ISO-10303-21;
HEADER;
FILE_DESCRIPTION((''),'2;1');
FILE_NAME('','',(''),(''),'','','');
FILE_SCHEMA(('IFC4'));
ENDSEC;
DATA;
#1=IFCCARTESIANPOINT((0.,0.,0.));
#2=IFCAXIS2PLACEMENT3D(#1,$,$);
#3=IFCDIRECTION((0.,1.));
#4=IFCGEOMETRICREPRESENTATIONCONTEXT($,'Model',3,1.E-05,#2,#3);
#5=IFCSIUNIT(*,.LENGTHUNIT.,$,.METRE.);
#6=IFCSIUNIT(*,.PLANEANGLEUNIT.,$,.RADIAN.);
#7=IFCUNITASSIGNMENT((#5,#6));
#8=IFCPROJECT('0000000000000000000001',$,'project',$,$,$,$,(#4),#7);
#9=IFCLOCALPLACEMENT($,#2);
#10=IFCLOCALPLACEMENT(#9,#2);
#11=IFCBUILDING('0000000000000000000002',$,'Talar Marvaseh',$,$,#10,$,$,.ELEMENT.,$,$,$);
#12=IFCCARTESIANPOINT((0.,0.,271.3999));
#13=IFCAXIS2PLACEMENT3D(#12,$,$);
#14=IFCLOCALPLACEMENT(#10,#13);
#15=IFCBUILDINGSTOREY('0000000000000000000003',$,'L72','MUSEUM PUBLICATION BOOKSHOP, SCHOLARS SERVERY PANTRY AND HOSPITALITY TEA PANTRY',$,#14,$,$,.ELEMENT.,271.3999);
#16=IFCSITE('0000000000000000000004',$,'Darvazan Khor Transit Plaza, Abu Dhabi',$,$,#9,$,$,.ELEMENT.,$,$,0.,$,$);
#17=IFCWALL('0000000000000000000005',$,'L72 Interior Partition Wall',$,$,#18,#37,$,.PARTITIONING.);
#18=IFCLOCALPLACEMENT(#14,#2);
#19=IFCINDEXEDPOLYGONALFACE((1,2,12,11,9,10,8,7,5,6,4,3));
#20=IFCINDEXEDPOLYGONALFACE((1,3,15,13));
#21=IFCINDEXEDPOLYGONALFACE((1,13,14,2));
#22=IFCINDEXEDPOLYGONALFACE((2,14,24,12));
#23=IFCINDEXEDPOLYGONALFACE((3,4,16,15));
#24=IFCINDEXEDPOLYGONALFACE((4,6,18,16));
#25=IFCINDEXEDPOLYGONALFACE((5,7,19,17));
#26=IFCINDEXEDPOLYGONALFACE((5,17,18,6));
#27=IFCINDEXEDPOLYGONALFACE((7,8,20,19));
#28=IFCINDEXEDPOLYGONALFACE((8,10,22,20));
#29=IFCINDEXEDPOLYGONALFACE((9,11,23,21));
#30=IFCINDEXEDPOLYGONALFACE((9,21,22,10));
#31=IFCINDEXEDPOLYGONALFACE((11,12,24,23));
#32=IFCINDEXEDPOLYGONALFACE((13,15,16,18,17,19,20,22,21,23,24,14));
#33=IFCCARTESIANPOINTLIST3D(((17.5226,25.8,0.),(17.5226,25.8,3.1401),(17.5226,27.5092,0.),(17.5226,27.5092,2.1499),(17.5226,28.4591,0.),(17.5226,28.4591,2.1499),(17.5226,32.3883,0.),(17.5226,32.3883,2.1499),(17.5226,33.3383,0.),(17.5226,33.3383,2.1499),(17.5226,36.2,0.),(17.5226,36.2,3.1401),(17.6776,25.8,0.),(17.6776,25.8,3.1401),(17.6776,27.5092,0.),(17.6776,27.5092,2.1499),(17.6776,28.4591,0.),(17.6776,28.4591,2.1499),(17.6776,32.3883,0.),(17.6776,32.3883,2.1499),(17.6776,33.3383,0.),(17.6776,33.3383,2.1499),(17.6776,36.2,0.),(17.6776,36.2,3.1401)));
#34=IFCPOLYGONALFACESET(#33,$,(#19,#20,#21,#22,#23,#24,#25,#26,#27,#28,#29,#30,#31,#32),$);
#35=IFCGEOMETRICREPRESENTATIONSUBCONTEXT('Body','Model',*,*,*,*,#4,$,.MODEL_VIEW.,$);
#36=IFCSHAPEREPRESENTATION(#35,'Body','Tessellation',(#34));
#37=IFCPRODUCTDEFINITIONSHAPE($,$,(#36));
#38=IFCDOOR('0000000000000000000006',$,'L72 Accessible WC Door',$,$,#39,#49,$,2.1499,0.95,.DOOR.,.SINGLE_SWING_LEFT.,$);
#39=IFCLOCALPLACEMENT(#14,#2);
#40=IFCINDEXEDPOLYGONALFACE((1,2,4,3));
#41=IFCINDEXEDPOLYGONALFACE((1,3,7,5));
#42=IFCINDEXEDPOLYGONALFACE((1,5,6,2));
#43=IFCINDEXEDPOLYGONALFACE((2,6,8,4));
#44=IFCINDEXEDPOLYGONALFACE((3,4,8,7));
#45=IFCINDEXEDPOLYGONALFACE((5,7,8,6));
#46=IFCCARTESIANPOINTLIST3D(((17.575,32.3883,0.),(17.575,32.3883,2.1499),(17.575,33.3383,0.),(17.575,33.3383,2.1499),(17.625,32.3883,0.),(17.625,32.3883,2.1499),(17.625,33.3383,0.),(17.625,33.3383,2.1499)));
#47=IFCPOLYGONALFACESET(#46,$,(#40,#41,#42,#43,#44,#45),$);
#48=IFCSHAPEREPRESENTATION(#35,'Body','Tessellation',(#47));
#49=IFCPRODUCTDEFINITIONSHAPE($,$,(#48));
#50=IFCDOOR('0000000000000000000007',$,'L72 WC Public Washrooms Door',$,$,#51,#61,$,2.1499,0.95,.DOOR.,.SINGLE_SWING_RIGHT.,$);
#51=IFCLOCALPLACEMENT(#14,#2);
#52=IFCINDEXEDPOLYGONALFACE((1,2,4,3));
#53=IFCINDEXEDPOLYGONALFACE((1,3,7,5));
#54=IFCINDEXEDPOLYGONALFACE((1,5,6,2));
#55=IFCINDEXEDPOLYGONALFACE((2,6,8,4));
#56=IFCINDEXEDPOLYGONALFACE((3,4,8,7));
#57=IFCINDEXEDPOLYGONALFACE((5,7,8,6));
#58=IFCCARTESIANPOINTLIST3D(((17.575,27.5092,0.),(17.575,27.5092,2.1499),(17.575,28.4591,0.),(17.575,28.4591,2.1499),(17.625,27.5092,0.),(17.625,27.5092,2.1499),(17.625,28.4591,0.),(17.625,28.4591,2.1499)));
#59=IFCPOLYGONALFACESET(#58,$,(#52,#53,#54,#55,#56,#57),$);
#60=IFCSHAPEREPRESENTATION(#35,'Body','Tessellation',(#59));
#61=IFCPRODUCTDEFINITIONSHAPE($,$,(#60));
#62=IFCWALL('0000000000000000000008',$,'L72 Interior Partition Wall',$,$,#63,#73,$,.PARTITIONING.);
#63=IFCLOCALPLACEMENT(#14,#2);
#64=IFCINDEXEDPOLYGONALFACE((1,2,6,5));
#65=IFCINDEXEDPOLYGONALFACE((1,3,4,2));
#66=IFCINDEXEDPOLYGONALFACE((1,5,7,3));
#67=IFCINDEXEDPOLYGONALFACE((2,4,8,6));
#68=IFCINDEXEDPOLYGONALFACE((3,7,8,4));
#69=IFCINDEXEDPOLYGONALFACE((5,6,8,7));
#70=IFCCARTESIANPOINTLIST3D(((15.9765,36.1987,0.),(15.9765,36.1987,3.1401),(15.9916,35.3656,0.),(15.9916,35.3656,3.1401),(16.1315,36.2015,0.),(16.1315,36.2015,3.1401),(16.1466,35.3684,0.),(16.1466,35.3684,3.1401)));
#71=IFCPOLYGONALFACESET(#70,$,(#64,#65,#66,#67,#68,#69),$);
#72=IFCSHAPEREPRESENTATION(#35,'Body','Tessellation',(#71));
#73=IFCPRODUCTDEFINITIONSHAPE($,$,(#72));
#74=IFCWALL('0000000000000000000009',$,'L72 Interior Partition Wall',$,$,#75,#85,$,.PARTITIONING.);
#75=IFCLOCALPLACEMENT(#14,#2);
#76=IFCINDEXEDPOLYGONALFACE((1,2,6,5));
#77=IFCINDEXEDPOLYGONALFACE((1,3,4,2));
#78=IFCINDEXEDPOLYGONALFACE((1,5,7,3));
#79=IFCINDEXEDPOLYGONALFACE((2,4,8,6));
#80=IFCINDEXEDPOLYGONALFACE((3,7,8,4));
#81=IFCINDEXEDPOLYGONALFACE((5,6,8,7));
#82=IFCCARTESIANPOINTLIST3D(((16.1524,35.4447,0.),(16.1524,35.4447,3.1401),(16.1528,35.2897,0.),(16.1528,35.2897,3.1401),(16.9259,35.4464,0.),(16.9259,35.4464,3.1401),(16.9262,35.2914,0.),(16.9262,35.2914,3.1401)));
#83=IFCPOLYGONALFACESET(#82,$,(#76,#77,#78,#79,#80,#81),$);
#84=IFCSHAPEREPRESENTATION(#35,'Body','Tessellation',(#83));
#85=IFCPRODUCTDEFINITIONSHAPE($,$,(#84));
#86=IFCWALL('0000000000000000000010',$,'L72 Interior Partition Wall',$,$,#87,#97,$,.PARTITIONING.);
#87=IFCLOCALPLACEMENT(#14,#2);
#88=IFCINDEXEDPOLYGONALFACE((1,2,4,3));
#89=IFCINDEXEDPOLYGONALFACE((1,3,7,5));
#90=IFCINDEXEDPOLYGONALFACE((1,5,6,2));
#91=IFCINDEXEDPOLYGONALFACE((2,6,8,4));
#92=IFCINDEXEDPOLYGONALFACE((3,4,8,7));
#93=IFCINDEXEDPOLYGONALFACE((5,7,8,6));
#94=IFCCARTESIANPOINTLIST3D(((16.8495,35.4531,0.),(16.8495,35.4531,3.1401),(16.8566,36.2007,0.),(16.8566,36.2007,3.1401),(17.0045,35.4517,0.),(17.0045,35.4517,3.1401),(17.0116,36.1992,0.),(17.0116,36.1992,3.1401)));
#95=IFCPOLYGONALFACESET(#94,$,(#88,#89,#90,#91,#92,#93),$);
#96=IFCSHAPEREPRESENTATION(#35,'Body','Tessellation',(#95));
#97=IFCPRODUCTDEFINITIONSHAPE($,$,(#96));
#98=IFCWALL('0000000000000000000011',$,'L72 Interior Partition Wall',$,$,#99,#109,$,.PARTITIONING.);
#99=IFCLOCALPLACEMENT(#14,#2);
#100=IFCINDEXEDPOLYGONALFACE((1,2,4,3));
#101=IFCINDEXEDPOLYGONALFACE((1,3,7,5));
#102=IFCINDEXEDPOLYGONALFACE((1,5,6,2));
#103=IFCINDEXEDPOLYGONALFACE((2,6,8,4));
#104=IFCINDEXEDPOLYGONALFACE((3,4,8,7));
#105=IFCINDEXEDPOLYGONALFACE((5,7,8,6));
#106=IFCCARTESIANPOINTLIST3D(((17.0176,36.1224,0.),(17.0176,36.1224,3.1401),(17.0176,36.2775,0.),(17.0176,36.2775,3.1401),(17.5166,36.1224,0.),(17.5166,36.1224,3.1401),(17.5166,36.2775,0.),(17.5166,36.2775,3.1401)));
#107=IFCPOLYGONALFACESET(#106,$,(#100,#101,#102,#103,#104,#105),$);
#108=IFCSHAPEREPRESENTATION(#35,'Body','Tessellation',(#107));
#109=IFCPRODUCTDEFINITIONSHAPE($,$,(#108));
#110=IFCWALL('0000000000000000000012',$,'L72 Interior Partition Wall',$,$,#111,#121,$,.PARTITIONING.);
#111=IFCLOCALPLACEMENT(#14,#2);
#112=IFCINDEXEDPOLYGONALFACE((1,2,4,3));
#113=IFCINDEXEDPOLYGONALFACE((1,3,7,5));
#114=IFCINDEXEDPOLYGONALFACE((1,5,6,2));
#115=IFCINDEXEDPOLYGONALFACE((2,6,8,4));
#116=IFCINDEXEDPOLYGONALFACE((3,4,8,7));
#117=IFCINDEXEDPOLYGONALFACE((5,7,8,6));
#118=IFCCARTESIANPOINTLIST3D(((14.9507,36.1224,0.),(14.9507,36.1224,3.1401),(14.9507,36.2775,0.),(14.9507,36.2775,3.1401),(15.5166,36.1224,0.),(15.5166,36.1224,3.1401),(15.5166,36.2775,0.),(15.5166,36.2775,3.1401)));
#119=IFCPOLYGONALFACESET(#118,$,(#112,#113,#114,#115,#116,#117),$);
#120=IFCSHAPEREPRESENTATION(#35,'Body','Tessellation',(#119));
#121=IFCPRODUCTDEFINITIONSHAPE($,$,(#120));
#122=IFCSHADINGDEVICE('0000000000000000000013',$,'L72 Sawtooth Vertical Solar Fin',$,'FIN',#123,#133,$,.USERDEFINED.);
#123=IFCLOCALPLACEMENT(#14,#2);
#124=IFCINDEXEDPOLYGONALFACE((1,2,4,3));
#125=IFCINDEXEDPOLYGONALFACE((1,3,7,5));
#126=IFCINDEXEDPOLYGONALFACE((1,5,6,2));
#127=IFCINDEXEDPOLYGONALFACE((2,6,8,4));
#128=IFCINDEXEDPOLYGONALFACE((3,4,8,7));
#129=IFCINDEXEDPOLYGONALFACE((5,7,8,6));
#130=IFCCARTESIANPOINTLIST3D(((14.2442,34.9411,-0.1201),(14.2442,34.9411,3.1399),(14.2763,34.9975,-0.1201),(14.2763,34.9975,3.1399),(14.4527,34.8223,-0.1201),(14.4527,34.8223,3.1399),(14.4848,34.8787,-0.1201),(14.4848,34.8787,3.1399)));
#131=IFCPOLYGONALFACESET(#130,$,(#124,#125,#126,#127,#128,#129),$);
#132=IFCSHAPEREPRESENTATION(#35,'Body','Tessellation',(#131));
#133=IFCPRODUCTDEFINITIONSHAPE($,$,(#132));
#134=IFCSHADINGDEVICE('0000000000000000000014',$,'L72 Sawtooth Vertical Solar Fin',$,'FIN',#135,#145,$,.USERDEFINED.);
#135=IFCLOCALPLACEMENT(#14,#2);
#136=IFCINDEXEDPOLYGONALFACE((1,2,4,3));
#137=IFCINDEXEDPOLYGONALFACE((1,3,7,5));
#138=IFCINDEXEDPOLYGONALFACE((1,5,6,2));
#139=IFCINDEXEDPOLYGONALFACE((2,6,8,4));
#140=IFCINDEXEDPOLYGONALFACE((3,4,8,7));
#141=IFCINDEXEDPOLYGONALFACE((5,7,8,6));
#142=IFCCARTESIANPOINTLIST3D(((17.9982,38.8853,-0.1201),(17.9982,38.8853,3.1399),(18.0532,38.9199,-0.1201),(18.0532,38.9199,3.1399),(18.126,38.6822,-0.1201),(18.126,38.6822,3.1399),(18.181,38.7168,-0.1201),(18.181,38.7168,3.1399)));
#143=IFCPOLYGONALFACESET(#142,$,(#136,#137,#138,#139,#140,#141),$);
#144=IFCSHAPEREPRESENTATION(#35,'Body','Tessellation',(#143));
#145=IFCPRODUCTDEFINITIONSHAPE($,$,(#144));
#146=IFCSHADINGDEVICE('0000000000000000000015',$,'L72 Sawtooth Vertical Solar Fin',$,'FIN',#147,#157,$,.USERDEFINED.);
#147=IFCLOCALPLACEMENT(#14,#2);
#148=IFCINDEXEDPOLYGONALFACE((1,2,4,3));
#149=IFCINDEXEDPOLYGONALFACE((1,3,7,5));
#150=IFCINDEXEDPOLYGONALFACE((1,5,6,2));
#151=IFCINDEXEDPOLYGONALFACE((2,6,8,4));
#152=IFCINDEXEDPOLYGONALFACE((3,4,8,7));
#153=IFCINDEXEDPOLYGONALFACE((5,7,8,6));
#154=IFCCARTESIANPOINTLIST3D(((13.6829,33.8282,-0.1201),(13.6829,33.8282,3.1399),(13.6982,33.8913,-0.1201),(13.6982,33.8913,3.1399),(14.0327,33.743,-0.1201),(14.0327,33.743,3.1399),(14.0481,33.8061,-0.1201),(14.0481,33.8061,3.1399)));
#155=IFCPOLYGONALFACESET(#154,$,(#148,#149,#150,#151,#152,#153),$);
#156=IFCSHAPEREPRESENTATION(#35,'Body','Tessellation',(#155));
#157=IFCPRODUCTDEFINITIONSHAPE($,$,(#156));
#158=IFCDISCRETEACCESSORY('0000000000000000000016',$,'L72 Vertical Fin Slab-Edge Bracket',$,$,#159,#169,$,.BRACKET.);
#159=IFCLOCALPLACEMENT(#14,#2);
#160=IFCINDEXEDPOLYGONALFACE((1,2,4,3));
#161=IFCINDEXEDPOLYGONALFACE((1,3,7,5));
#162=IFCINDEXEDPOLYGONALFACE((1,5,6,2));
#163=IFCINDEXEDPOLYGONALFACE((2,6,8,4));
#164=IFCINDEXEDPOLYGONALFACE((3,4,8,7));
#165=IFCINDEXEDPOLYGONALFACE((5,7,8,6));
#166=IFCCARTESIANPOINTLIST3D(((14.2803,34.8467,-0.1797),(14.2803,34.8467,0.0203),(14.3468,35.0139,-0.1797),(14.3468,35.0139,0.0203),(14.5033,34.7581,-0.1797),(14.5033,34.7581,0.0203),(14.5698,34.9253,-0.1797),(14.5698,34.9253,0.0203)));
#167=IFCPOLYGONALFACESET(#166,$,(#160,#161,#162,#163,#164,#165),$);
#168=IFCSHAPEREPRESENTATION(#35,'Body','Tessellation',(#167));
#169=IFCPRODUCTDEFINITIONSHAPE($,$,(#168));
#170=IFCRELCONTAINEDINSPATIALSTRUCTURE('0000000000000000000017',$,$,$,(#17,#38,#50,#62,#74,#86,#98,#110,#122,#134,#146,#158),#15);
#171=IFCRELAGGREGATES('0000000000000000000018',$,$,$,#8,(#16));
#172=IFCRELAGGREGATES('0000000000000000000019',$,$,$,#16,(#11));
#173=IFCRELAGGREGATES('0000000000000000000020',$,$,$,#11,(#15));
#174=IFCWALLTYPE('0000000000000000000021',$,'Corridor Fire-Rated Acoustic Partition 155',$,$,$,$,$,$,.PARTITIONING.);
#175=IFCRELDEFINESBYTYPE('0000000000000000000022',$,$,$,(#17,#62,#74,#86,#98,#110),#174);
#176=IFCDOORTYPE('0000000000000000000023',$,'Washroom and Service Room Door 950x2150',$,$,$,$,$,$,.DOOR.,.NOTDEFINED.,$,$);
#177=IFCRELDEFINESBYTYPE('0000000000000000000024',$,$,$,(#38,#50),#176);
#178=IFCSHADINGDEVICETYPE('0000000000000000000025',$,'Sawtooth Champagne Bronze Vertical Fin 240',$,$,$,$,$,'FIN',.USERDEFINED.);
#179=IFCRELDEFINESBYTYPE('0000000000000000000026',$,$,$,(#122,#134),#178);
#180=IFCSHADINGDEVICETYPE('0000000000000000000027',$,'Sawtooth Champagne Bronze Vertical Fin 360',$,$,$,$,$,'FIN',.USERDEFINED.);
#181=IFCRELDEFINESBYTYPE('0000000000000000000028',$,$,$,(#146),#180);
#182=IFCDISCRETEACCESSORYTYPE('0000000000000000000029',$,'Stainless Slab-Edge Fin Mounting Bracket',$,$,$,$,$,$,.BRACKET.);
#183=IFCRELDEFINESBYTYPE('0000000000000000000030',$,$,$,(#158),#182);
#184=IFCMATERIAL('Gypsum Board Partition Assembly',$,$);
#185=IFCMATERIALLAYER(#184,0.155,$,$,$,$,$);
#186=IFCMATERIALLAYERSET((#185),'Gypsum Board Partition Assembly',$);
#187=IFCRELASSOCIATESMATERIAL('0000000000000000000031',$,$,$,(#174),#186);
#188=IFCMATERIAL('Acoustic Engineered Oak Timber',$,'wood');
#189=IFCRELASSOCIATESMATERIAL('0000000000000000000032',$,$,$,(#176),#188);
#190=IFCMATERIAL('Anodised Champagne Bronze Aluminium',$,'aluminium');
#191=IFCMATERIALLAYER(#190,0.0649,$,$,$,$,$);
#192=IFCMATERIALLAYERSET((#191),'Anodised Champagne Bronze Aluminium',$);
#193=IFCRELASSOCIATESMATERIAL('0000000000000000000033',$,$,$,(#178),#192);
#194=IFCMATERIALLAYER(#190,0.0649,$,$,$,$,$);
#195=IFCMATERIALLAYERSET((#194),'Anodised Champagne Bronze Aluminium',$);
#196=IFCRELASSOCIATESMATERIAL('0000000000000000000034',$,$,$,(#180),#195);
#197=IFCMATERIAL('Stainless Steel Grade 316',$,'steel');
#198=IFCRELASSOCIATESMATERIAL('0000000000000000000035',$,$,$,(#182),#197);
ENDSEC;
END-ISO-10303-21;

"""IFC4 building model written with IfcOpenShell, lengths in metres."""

from ifc_helpers import new_model, si_unit, direction, frame, frame_2d, origin, origin_2d, place, context, subcontext, project, spatial, rectangle, extrude, source, transform, mapped, material, layer, layer_set, type_object, type_shapes, element, fill, save


model = new_model("IFC4")

# Units and contexts
model_context = context("Model", 3, precision=1e-05, world=origin(), true_north=direction((0.0, 1.0)))
body_context = subcontext(model_context, "Body", "Model", "MODEL_VIEW")
ifc_project = project(units=[si_unit("LENGTHUNIT", "METRE"), si_unit("PLANEANGLEUNIT", "RADIAN")], contexts=[model_context])

# Site, building, storey
site_placement = place(None, origin())
site = spatial("IfcSite", under=ifc_project, at=site_placement, Name="Darvazan Khor Transit Plaza, Abu Dhabi", CompositionType="ELEMENT", RefElevation=0.0)
building_placement = place(site_placement, origin())
building = spatial("IfcBuilding", under=site, at=building_placement, Name="Talar Marvaseh", CompositionType="ELEMENT")
storey_placement = place(building_placement, frame((0.0, 0.0, 271.3999)))
storey = spatial("IfcBuildingStorey", under=building, at=storey_placement, Name="L72", Description="MUSEUM PUBLICATION BOOKSHOP, SCHOLARS SERVERY PANTRY AND HOSPITALITY TEA PANTRY", CompositionType="ELEMENT", Elevation=271.3999)

# Wall, openings, doors
ifc_material_1 = material(Name="Gypsum Board Partition Assembly")
ifc_layer_1 = layer(ifc_material_1, 0.155)
ifc_layer_set_1 = layer_set([ifc_layer_1], Name="Gypsum Board Partition Assembly")
wall_type_1 = type_object("IfcWallType", Name="Corridor Fire-Rated Acoustic Partition 155", PredefinedType="PARTITIONING", material=ifc_layer_set_1)
wall_1_placement = place(storey_placement, frame((17.6001, 36.2, 0.0), z_axis=(0.0, 0.0, 1.0), x_axis=(0.0, -1.0, 0.0)))
wall_1 = element("IfcWall", 1, at=wall_1_placement, inside=storey, type_object=wall_type_1, Name="L72 Interior Partition Wall", PredefinedType="PARTITIONING", context=body_context, shape_type="SweptSolid", body=[
    extrude(rectangle(XDim=10.3999, YDim=0.155, at=frame_2d((5.2, 0.0))), origin(), (0.0, 0.0, 1.0), 3.1401),
])
opening_1_placement = place(wall_1_placement, frame((2.8616, 0.0, 0.0)))
opening_1 = element("IfcOpeningElement", 2, at=opening_1_placement, cuts=wall_1, PredefinedType="OPENING", context=body_context, shape_type="SweptSolid", body=[
    extrude(rectangle(XDim=0.95, YDim=2.1499, at=frame_2d((0.4751, 1.075))), frame((0.0, 0.0874, 0.0), z_axis=(0.0, -1.0, 0.0), x_axis=(1.0, 0.0, 0.0)), (0.0, 0.0, 1.0), 0.175),
])
opening_2_placement = place(wall_1_placement, frame((7.7407, 0.0, 0.0)))
opening_2 = element("IfcOpeningElement", 3, at=opening_2_placement, cuts=wall_1, PredefinedType="OPENING", context=body_context, shape_type="SweptSolid", body=[
    extrude(rectangle(XDim=0.95, YDim=2.1499, at=frame_2d((0.4751, 1.075))), frame((0.0, 0.0874, 0.0), z_axis=(0.0, -1.0, 0.0), x_axis=(1.0, 0.0, 0.0)), (0.0, 0.0, 1.0), 0.175),
])
ifc_material_2 = material(Name="Acoustic Engineered Oak Timber", Category="wood")
door_type = type_object("IfcDoorType", Name="Washroom and Service Room Door 950x2150", OperationType="NOTDEFINED", PredefinedType="DOOR", material=ifc_material_2)
shared_shape_1 = source(origin(), body_context, "Body", "SweptSolid", [
    extrude(rectangle(XDim=0.95, YDim=2.1499, at=frame_2d((0.4751, 1.075))), frame((0.0, 0.0249, 0.0), z_axis=(0.0, -1.0, 0.0), x_axis=(1.0, 0.0, 0.0)), (0.0, 0.0, 1.0), 0.05),
])
type_shapes(door_type, [shared_shape_1])
door_1_placement = place(opening_1_placement, origin())
door_1 = element("IfcDoor", 4, at=door_1_placement, inside=storey, type_object=door_type, Name="L72 Accessible WC Door", OperationType="SINGLE_SWING_LEFT", OverallHeight=2.1499, OverallWidth=0.95, PredefinedType="DOOR", context=body_context, shape_type="MappedRepresentation", body=[
    mapped(shared_shape_1, transform((0.0, 0.0, 0.0), x_axis=(1.0, 0.0, 0.0), y_axis=(0.0, 1.0, 0.0), z_axis=(0.0, 0.0, 1.0), scale=1.0)),
])
fill(opening_1, door_1)
door_2_placement = place(opening_2_placement, origin())
door_2 = element("IfcDoor", 5, at=door_2_placement, inside=storey, type_object=door_type, Name="L72 WC Public Washrooms Door", OperationType="SINGLE_SWING_RIGHT", OverallHeight=2.1499, OverallWidth=0.95, PredefinedType="DOOR", context=body_context, shape_type="MappedRepresentation", body=[
    mapped(shared_shape_1, transform((0.0, 0.0, 0.0), x_axis=(1.0, 0.0, 0.0), y_axis=(0.0, 1.0, 0.0), z_axis=(0.0, 0.0, 1.0), scale=1.0)),
])
fill(opening_2, door_2)

# Walls
wall_2_placement = place(storey_placement, frame((16.054, 36.2, 0.0), z_axis=(0.0, 0.0, 1.0), x_axis=(0.018168, -0.999835, 0.0)))
element("IfcWall", 6, at=wall_2_placement, inside=storey, type_object=wall_type_1, Name="L72 Interior Partition Wall", PredefinedType="PARTITIONING", context=body_context, shape_type="SweptSolid", body=[
    extrude(rectangle(XDim=0.8333, YDim=0.155, at=frame_2d((0.4165, 0.0))), origin(), (0.0, 0.0, 1.0), 3.1401),
])
wall_3_placement = place(storey_placement, frame((16.1526, 35.3672, 0.0), z_axis=(0.0, 0.0, 1.0), x_axis=(0.999998, 0.00221, 0.0)))
element("IfcWall", 7, at=wall_3_placement, inside=storey, type_object=wall_type_1, Name="L72 Interior Partition Wall", PredefinedType="PARTITIONING", context=body_context, shape_type="SweptSolid", body=[
    extrude(rectangle(XDim=0.7734, YDim=0.155, at=frame_2d((0.3867, 0.0))), origin(), (0.0, 0.0, 1.0), 3.1401),
])
wall_4_placement = place(storey_placement, frame((16.927, 35.4524, 0.0), z_axis=(0.0, 0.0, 1.0), x_axis=(0.009471, 0.999955, 0.0)))
element("IfcWall", 8, at=wall_4_placement, inside=storey, type_object=wall_type_1, Name="L72 Interior Partition Wall", PredefinedType="PARTITIONING", context=body_context, shape_type="SweptSolid", body=[
    extrude(rectangle(XDim=0.7476, YDim=0.155, at=frame_2d((0.3738, 0.0))), origin(), (0.0, 0.0, 1.0), 3.1401),
])
wall_5_placement = place(storey_placement, frame((17.0176, 36.2, 0.0), z_axis=(0.0, 0.0, 1.0), x_axis=(1.0, 0.0, 0.0)))
element("IfcWall", 9, at=wall_5_placement, inside=storey, type_object=wall_type_1, Name="L72 Interior Partition Wall", PredefinedType="PARTITIONING", context=body_context, shape_type="SweptSolid", body=[
    extrude(rectangle(XDim=0.499, YDim=0.155, at=frame_2d((0.2495, 0.0))), origin(), (0.0, 0.0, 1.0), 3.1401),
])
wall_6_placement = place(storey_placement, frame((14.9507, 36.2, 0.0), z_axis=(0.0, 0.0, 1.0), x_axis=(1.0, 0.0, 0.0)))
element("IfcWall", 10, at=wall_6_placement, inside=storey, type_object=wall_type_1, Name="L72 Interior Partition Wall", PredefinedType="PARTITIONING", context=body_context, shape_type="SweptSolid", body=[
    extrude(rectangle(XDim=0.5659, YDim=0.155, at=frame_2d((0.283, 0.0))), origin(), (0.0, 0.0, 1.0), 3.1401),
])

# Shading devices
ifc_material_3 = material(Name="Anodised Champagne Bronze Aluminium", Category="aluminium")
ifc_layer_2 = layer(ifc_material_3, 0.0649)
ifc_layer_set_2 = layer_set([ifc_layer_2], Name="Anodised Champagne Bronze Aluminium")
shading_device_type_1 = type_object("IfcShadingDeviceType", Name="Sawtooth Champagne Bronze Vertical Fin 240", ElementType="FIN", PredefinedType="USERDEFINED", material=ifc_layer_set_2)
shared_shape_2 = source(origin(), body_context, "Body", "SweptSolid", [
    extrude(rectangle(XDim=0.24, YDim=0.0649, at=origin_2d()), origin(), (0.0, 0.0, 1.0), 3.26),
])
type_shapes(shading_device_type_1, [shared_shape_2])
for number, where, z_axis, x_axis, name in (
    (11, (14.3645, 34.9099, -0.1201), (0.0, 0.0, 1.0), (-0.868804, 0.495155, 0.0), "L72 Sawtooth Vertical Solar Fin"),
    (12, (18.0896, 38.801, -0.1201), (0.0, 0.0, 1.0), (-0.532581, 0.846379, 0.0), "L72 Sawtooth Vertical Solar Fin"),
):
    element("IfcShadingDevice", number, at=place(storey_placement, frame(where, z_axis=z_axis, x_axis=x_axis)), inside=storey, type_object=shading_device_type_1, Name=name, ObjectType="FIN", PredefinedType="USERDEFINED", context=body_context, shape_type="MappedRepresentation", body=[
        mapped(shared_shape_2, transform((0.0, 0.0, 0.0), x_axis=(1.0, 0.0, 0.0), y_axis=(0.0, 1.0, 0.0), z_axis=(0.0, 0.0, 1.0), scale=1.0)),
    ])
ifc_layer_3 = layer(ifc_material_3, 0.0649)
ifc_layer_set_3 = layer_set([ifc_layer_3], Name="Anodised Champagne Bronze Aluminium")
shading_device_type_2 = type_object("IfcShadingDeviceType", Name="Sawtooth Champagne Bronze Vertical Fin 360", ElementType="FIN", PredefinedType="USERDEFINED", material=ifc_layer_set_3)
shared_shape_3 = source(origin(), body_context, "Body", "SweptSolid", [
    extrude(rectangle(XDim=0.3601, YDim=0.0649, at=origin_2d()), origin(), (0.0, 0.0, 1.0), 3.26),
])
type_shapes(shading_device_type_2, [shared_shape_3])
shading_device_placement = place(storey_placement, frame((13.8655, 33.8171, -0.1201), z_axis=(0.0, 0.0, 1.0), x_axis=(-0.971632, 0.236499, 0.0)))
element("IfcShadingDevice", 13, at=shading_device_placement, inside=storey, type_object=shading_device_type_2, Name="L72 Sawtooth Vertical Solar Fin", ObjectType="FIN", PredefinedType="USERDEFINED", context=body_context, shape_type="MappedRepresentation", body=[
    mapped(shared_shape_3, transform((0.0, 0.0, 0.0), x_axis=(1.0, 0.0, 0.0), y_axis=(0.0, 1.0, 0.0), z_axis=(0.0, 0.0, 1.0), scale=1.0)),
])

# Discrete accessory
ifc_material_4 = material(Name="Stainless Steel Grade 316", Category="steel")
discrete_accessory_type = type_object("IfcDiscreteAccessoryType", Name="Stainless Slab-Edge Fin Mounting Bracket", PredefinedType="BRACKET", material=ifc_material_4)
shared_shape_4 = source(origin(), body_context, "Body", "SweptSolid", [
    extrude(rectangle(XDim=0.24, YDim=0.1799, at=origin_2d()), origin(), (0.0, 0.0, 1.0), 0.2),
])
type_shapes(discrete_accessory_type, [shared_shape_4])
for number, where, z_axis, x_axis, name in (
    (14, (14.425, 34.886, -0.1797), (0.0, 0.0, 1.0), (-0.929262, 0.369422, 0.0), "L72 Vertical Fin Slab-Edge Bracket"),
):
    element("IfcDiscreteAccessory", number, at=place(storey_placement, frame(where, z_axis=z_axis, x_axis=x_axis)), inside=storey, type_object=discrete_accessory_type, Name=name, PredefinedType="BRACKET", context=body_context, shape_type="MappedRepresentation", body=[
        mapped(shared_shape_4, transform((0.0, 0.0, 0.0), x_axis=(1.0, 0.0, 0.0), y_axis=(0.0, 1.0, 0.0), z_axis=(0.0, 0.0, 1.0), scale=1.0)),
    ])

save(model, "model.ifc")
